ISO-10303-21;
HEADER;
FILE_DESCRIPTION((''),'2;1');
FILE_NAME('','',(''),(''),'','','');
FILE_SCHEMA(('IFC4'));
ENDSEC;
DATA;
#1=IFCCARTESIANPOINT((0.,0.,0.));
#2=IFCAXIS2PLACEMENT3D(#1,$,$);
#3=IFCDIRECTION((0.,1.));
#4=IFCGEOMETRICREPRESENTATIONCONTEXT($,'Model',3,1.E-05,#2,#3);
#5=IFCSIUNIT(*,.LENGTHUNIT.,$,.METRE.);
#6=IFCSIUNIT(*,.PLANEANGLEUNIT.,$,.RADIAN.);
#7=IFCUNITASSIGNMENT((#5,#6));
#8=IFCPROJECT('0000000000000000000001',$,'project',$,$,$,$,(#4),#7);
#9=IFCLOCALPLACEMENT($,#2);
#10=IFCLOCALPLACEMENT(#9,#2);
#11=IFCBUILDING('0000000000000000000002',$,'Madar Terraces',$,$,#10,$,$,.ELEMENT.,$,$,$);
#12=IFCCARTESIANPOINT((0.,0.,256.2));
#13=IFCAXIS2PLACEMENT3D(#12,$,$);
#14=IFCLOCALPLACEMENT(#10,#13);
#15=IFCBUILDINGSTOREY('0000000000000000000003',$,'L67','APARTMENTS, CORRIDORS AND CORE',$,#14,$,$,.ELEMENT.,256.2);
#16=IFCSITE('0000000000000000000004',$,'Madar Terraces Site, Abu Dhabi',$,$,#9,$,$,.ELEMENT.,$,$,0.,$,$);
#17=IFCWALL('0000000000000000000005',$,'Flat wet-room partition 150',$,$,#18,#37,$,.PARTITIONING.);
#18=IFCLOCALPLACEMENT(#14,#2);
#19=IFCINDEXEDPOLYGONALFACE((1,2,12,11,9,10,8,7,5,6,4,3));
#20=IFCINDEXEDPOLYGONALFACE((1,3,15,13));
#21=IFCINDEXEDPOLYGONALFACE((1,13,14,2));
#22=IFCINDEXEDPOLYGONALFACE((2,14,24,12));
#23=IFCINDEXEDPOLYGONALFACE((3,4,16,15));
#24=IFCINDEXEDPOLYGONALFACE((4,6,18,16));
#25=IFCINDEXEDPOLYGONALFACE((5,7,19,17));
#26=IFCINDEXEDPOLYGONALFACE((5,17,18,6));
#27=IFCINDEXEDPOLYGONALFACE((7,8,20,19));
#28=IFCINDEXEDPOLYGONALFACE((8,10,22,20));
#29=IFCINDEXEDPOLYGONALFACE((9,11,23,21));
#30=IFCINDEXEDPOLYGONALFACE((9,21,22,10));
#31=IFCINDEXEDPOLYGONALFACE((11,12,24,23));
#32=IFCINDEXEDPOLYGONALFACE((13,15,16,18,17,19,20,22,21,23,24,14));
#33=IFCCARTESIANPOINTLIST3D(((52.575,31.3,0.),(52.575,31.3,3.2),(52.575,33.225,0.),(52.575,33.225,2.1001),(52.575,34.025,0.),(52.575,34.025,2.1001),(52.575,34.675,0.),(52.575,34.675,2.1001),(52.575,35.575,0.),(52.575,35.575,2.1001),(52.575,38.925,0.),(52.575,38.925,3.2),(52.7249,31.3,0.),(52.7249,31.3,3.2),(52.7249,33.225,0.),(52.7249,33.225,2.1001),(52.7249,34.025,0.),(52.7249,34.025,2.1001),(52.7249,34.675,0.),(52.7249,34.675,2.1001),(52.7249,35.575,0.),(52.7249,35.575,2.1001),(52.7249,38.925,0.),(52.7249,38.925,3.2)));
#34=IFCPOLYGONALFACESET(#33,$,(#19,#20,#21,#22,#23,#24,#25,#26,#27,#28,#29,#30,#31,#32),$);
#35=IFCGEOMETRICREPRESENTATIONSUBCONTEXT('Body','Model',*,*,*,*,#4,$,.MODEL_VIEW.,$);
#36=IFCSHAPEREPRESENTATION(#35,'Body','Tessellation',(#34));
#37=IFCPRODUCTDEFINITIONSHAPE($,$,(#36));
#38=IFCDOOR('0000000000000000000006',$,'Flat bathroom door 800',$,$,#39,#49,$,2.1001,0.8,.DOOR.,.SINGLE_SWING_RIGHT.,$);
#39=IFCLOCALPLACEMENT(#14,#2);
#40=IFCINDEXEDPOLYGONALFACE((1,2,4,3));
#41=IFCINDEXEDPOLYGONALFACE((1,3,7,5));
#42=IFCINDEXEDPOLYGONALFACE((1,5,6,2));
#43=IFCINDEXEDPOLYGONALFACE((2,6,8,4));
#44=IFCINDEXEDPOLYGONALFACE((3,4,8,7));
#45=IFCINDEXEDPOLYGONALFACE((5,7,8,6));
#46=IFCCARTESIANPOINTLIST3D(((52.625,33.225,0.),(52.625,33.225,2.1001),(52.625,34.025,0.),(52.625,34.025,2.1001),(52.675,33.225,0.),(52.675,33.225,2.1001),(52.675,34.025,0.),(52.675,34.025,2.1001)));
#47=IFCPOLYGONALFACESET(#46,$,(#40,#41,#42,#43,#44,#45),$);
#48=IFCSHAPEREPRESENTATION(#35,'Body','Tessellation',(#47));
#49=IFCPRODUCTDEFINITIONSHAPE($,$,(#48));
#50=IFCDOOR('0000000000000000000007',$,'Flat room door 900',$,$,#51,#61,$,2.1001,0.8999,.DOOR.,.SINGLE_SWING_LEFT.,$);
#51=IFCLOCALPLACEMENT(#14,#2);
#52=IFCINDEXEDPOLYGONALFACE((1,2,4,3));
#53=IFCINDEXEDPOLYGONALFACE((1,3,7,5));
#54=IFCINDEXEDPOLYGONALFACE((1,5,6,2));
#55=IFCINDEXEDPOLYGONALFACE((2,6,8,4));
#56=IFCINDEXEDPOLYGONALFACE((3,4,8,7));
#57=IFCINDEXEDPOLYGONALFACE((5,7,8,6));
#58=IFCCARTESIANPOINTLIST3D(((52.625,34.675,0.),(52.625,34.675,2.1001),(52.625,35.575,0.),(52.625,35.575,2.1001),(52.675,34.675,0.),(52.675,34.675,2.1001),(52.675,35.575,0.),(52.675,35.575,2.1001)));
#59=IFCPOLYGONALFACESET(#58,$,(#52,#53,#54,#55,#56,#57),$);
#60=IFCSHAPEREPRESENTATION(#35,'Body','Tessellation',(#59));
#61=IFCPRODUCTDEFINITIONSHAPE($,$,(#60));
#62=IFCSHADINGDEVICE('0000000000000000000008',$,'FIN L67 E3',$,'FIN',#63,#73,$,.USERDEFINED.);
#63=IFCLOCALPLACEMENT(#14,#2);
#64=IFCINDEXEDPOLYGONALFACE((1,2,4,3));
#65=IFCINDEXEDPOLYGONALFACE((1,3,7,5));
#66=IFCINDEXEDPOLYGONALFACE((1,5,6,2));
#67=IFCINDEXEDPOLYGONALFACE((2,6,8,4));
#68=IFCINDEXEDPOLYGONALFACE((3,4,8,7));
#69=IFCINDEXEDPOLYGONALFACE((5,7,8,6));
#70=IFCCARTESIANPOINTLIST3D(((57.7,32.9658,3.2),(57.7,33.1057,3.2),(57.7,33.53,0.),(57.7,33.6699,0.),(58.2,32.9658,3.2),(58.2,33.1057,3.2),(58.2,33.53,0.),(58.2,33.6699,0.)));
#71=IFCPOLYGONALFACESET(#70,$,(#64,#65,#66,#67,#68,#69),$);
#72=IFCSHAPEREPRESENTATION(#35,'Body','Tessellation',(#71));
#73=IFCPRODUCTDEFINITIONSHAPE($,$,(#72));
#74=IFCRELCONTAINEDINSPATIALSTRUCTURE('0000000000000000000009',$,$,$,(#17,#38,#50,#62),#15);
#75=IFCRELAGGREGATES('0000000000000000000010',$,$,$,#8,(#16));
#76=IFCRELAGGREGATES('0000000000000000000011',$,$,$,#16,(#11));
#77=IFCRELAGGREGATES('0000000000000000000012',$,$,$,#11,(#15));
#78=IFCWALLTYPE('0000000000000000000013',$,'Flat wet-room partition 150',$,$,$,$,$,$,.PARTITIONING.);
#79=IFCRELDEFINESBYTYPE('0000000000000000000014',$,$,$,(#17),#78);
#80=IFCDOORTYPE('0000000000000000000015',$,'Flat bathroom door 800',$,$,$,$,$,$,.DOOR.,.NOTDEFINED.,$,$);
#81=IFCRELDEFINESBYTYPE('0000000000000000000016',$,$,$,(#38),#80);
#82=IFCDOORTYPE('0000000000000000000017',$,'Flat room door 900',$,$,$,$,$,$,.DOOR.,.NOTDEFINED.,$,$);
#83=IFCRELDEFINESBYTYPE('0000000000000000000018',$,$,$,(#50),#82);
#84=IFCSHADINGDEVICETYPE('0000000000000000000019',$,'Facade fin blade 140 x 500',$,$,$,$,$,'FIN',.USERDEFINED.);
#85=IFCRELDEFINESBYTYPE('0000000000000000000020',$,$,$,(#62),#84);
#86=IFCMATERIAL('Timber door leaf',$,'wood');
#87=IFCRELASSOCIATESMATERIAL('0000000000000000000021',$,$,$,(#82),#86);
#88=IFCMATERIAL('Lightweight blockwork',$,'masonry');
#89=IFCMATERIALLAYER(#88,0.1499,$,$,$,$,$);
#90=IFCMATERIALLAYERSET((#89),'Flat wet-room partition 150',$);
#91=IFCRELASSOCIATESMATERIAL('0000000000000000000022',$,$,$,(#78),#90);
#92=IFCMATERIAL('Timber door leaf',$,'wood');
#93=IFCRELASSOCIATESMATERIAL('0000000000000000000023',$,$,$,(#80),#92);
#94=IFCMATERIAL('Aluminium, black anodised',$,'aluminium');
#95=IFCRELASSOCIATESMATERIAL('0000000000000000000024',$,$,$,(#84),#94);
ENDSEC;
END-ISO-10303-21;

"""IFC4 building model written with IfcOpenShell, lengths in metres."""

from ifc_helpers import new_model, si_unit, direction, frame, frame_2d, origin, place, context, subcontext, project, spatial, polyline, rectangle, outline, extrude, material, layer, layer_set, type_object, element, fill, save


model = new_model("IFC4")

# Units and contexts
model_context = context("Model", 3, precision=1e-05, world=origin(), true_north=direction((0.0, 1.0)))
body_context = subcontext(model_context, "Body", "Model", "MODEL_VIEW")
ifc_project = project(units=[si_unit("LENGTHUNIT", "METRE"), si_unit("PLANEANGLEUNIT", "RADIAN")], contexts=[model_context])

# Site, building, storey
site_placement = place(None, origin())
site = spatial("IfcSite", under=ifc_project, at=site_placement, Name="Madar Terraces Site, Abu Dhabi", CompositionType="ELEMENT", RefElevation=0.0)
building_placement = place(site_placement, origin())
building = spatial("IfcBuilding", under=site, at=building_placement, Name="Madar Terraces", CompositionType="ELEMENT")
storey_placement = place(building_placement, frame((0.0, 0.0, 256.2)))
storey = spatial("IfcBuildingStorey", under=building, at=storey_placement, Name="L67", Description="APARTMENTS, CORRIDORS AND CORE", CompositionType="ELEMENT", Elevation=256.2)

# Shared definitions
ifc_material_1 = material(Name="Timber door leaf", Category="wood")
door_type_1 = type_object("IfcDoorType", Name="Flat room door 900", OperationType="NOTDEFINED", PredefinedType="DOOR", material=ifc_material_1)

# Shared definitions
ifc_material_2 = material(Name="Lightweight blockwork", Category="masonry")
ifc_layer_1 = layer(ifc_material_2, 0.1499)
ifc_layer_set_1 = layer_set([ifc_layer_1], Name="Flat wet-room partition 150")
wall_type_1 = type_object("IfcWallType", Name="Flat wet-room partition 150", PredefinedType="PARTITIONING", material=ifc_layer_set_1)

# Wall, openings, doors
wall_1_placement = place(storey_placement, frame((52.6499, 31.3, 0.0), z_axis=(0.0, 0.0, 1.0), x_axis=(0.0, 1.0, 0.0)))
wall_1 = element("IfcWall", 1, at=wall_1_placement, inside=storey, type_object=wall_type_1, Name="Flat wet-room partition 150", PredefinedType="PARTITIONING", context=body_context, shape_type="SweptSolid", body=[
    extrude(rectangle(XDim=7.625, YDim=0.1499, at=frame_2d((3.8125, 0.0))), origin(), (0.0, 0.0, 1.0), 3.2),
])
opening_1_placement = place(wall_1_placement, frame((3.375, 0.0, 0.0)))
opening_1 = element("IfcOpeningElement", 2, at=opening_1_placement, cuts=wall_1, PredefinedType="OPENING", context=body_context, shape_type="SweptSolid", body=[
    extrude(rectangle(XDim=0.8999, YDim=2.1001, at=frame_2d((0.45, 1.05))), frame((0.0, 0.085, 0.0), z_axis=(0.0, -1.0, 0.0), x_axis=(1.0, 0.0, 0.0)), (0.0, 0.0, 1.0), 0.1699),
])
opening_2_placement = place(wall_1_placement, frame((1.925, 0.0, 0.0)))
opening_2 = element("IfcOpeningElement", 3, at=opening_2_placement, cuts=wall_1, PredefinedType="OPENING", context=body_context, shape_type="SweptSolid", body=[
    extrude(rectangle(XDim=0.8, YDim=2.1001, at=frame_2d((0.3999, 1.05))), frame((0.0, 0.085, 0.0), z_axis=(0.0, -1.0, 0.0), x_axis=(1.0, 0.0, 0.0)), (0.0, 0.0, 1.0), 0.1699),
])
ifc_material_3 = material(Name="Timber door leaf", Category="wood")
door_type_2 = type_object("IfcDoorType", Name="Flat bathroom door 800", OperationType="NOTDEFINED", PredefinedType="DOOR", material=ifc_material_3)
door_1_placement = place(opening_2_placement, origin())
door_1 = element("IfcDoor", 4, at=door_1_placement, inside=storey, type_object=door_type_2, Name="Flat bathroom door 800", OperationType="SINGLE_SWING_RIGHT", OverallHeight=2.1001, OverallWidth=0.8, PredefinedType="DOOR", context=body_context, shape_type="SweptSolid", body=[
    extrude(rectangle(XDim=0.8, YDim=2.1001, at=frame_2d((0.3999, 1.05))), frame((0.0, 0.0249, 0.0), z_axis=(0.0, -1.0, 0.0), x_axis=(1.0, 0.0, 0.0)), (0.0, 0.0, 1.0), 0.05),
])
fill(opening_2, door_1)
door_2_placement = place(opening_1_placement, origin())
door_2 = element("IfcDoor", 5, at=door_2_placement, inside=storey, type_object=door_type_1, Name="Flat room door 900", OperationType="SINGLE_SWING_LEFT", OverallHeight=2.1001, OverallWidth=0.8999, PredefinedType="DOOR", context=body_context, shape_type="SweptSolid", body=[
    extrude(rectangle(XDim=0.8999, YDim=2.1001, at=frame_2d((0.45, 1.05))), frame((0.0, 0.0249, 0.0), z_axis=(0.0, -1.0, 0.0), x_axis=(1.0, 0.0, 0.0)), (0.0, 0.0, 1.0), 0.05),
])
fill(opening_1, door_2)

# Shading device
ifc_material_4 = material(Name="Aluminium, black anodised", Category="aluminium")
shading_device_type = type_object("IfcShadingDeviceType", Name="Facade fin blade 140 x 500", ElementType="FIN", PredefinedType="USERDEFINED", material=ifc_material_4)
shading_device_placement = place(storey_placement, frame((57.95, 33.53, 0.0), z_axis=(0.0, 0.0, 1.0), x_axis=(0.0, 1.0, 0.0)))
element("IfcShadingDevice", 6, at=shading_device_placement, inside=storey, type_object=shading_device_type, Name="FIN L67 E3", ObjectType="FIN", PredefinedType="USERDEFINED", context=body_context, shape_type="SweptSolid", body=[
    extrude(outline(polyline([(0.0, 0.0), (0.1399, 0.0), (-0.4243, 3.2), (-0.5642, 3.2), (0.0, 0.0)])), frame((0.0, 0.25, 0.0), z_axis=(0.0, -1.0, 0.0), x_axis=(1.0, 0.0, 0.0)), (0.0, 0.0, 1.0), 0.5),
])

save(model, "model.ifc")
